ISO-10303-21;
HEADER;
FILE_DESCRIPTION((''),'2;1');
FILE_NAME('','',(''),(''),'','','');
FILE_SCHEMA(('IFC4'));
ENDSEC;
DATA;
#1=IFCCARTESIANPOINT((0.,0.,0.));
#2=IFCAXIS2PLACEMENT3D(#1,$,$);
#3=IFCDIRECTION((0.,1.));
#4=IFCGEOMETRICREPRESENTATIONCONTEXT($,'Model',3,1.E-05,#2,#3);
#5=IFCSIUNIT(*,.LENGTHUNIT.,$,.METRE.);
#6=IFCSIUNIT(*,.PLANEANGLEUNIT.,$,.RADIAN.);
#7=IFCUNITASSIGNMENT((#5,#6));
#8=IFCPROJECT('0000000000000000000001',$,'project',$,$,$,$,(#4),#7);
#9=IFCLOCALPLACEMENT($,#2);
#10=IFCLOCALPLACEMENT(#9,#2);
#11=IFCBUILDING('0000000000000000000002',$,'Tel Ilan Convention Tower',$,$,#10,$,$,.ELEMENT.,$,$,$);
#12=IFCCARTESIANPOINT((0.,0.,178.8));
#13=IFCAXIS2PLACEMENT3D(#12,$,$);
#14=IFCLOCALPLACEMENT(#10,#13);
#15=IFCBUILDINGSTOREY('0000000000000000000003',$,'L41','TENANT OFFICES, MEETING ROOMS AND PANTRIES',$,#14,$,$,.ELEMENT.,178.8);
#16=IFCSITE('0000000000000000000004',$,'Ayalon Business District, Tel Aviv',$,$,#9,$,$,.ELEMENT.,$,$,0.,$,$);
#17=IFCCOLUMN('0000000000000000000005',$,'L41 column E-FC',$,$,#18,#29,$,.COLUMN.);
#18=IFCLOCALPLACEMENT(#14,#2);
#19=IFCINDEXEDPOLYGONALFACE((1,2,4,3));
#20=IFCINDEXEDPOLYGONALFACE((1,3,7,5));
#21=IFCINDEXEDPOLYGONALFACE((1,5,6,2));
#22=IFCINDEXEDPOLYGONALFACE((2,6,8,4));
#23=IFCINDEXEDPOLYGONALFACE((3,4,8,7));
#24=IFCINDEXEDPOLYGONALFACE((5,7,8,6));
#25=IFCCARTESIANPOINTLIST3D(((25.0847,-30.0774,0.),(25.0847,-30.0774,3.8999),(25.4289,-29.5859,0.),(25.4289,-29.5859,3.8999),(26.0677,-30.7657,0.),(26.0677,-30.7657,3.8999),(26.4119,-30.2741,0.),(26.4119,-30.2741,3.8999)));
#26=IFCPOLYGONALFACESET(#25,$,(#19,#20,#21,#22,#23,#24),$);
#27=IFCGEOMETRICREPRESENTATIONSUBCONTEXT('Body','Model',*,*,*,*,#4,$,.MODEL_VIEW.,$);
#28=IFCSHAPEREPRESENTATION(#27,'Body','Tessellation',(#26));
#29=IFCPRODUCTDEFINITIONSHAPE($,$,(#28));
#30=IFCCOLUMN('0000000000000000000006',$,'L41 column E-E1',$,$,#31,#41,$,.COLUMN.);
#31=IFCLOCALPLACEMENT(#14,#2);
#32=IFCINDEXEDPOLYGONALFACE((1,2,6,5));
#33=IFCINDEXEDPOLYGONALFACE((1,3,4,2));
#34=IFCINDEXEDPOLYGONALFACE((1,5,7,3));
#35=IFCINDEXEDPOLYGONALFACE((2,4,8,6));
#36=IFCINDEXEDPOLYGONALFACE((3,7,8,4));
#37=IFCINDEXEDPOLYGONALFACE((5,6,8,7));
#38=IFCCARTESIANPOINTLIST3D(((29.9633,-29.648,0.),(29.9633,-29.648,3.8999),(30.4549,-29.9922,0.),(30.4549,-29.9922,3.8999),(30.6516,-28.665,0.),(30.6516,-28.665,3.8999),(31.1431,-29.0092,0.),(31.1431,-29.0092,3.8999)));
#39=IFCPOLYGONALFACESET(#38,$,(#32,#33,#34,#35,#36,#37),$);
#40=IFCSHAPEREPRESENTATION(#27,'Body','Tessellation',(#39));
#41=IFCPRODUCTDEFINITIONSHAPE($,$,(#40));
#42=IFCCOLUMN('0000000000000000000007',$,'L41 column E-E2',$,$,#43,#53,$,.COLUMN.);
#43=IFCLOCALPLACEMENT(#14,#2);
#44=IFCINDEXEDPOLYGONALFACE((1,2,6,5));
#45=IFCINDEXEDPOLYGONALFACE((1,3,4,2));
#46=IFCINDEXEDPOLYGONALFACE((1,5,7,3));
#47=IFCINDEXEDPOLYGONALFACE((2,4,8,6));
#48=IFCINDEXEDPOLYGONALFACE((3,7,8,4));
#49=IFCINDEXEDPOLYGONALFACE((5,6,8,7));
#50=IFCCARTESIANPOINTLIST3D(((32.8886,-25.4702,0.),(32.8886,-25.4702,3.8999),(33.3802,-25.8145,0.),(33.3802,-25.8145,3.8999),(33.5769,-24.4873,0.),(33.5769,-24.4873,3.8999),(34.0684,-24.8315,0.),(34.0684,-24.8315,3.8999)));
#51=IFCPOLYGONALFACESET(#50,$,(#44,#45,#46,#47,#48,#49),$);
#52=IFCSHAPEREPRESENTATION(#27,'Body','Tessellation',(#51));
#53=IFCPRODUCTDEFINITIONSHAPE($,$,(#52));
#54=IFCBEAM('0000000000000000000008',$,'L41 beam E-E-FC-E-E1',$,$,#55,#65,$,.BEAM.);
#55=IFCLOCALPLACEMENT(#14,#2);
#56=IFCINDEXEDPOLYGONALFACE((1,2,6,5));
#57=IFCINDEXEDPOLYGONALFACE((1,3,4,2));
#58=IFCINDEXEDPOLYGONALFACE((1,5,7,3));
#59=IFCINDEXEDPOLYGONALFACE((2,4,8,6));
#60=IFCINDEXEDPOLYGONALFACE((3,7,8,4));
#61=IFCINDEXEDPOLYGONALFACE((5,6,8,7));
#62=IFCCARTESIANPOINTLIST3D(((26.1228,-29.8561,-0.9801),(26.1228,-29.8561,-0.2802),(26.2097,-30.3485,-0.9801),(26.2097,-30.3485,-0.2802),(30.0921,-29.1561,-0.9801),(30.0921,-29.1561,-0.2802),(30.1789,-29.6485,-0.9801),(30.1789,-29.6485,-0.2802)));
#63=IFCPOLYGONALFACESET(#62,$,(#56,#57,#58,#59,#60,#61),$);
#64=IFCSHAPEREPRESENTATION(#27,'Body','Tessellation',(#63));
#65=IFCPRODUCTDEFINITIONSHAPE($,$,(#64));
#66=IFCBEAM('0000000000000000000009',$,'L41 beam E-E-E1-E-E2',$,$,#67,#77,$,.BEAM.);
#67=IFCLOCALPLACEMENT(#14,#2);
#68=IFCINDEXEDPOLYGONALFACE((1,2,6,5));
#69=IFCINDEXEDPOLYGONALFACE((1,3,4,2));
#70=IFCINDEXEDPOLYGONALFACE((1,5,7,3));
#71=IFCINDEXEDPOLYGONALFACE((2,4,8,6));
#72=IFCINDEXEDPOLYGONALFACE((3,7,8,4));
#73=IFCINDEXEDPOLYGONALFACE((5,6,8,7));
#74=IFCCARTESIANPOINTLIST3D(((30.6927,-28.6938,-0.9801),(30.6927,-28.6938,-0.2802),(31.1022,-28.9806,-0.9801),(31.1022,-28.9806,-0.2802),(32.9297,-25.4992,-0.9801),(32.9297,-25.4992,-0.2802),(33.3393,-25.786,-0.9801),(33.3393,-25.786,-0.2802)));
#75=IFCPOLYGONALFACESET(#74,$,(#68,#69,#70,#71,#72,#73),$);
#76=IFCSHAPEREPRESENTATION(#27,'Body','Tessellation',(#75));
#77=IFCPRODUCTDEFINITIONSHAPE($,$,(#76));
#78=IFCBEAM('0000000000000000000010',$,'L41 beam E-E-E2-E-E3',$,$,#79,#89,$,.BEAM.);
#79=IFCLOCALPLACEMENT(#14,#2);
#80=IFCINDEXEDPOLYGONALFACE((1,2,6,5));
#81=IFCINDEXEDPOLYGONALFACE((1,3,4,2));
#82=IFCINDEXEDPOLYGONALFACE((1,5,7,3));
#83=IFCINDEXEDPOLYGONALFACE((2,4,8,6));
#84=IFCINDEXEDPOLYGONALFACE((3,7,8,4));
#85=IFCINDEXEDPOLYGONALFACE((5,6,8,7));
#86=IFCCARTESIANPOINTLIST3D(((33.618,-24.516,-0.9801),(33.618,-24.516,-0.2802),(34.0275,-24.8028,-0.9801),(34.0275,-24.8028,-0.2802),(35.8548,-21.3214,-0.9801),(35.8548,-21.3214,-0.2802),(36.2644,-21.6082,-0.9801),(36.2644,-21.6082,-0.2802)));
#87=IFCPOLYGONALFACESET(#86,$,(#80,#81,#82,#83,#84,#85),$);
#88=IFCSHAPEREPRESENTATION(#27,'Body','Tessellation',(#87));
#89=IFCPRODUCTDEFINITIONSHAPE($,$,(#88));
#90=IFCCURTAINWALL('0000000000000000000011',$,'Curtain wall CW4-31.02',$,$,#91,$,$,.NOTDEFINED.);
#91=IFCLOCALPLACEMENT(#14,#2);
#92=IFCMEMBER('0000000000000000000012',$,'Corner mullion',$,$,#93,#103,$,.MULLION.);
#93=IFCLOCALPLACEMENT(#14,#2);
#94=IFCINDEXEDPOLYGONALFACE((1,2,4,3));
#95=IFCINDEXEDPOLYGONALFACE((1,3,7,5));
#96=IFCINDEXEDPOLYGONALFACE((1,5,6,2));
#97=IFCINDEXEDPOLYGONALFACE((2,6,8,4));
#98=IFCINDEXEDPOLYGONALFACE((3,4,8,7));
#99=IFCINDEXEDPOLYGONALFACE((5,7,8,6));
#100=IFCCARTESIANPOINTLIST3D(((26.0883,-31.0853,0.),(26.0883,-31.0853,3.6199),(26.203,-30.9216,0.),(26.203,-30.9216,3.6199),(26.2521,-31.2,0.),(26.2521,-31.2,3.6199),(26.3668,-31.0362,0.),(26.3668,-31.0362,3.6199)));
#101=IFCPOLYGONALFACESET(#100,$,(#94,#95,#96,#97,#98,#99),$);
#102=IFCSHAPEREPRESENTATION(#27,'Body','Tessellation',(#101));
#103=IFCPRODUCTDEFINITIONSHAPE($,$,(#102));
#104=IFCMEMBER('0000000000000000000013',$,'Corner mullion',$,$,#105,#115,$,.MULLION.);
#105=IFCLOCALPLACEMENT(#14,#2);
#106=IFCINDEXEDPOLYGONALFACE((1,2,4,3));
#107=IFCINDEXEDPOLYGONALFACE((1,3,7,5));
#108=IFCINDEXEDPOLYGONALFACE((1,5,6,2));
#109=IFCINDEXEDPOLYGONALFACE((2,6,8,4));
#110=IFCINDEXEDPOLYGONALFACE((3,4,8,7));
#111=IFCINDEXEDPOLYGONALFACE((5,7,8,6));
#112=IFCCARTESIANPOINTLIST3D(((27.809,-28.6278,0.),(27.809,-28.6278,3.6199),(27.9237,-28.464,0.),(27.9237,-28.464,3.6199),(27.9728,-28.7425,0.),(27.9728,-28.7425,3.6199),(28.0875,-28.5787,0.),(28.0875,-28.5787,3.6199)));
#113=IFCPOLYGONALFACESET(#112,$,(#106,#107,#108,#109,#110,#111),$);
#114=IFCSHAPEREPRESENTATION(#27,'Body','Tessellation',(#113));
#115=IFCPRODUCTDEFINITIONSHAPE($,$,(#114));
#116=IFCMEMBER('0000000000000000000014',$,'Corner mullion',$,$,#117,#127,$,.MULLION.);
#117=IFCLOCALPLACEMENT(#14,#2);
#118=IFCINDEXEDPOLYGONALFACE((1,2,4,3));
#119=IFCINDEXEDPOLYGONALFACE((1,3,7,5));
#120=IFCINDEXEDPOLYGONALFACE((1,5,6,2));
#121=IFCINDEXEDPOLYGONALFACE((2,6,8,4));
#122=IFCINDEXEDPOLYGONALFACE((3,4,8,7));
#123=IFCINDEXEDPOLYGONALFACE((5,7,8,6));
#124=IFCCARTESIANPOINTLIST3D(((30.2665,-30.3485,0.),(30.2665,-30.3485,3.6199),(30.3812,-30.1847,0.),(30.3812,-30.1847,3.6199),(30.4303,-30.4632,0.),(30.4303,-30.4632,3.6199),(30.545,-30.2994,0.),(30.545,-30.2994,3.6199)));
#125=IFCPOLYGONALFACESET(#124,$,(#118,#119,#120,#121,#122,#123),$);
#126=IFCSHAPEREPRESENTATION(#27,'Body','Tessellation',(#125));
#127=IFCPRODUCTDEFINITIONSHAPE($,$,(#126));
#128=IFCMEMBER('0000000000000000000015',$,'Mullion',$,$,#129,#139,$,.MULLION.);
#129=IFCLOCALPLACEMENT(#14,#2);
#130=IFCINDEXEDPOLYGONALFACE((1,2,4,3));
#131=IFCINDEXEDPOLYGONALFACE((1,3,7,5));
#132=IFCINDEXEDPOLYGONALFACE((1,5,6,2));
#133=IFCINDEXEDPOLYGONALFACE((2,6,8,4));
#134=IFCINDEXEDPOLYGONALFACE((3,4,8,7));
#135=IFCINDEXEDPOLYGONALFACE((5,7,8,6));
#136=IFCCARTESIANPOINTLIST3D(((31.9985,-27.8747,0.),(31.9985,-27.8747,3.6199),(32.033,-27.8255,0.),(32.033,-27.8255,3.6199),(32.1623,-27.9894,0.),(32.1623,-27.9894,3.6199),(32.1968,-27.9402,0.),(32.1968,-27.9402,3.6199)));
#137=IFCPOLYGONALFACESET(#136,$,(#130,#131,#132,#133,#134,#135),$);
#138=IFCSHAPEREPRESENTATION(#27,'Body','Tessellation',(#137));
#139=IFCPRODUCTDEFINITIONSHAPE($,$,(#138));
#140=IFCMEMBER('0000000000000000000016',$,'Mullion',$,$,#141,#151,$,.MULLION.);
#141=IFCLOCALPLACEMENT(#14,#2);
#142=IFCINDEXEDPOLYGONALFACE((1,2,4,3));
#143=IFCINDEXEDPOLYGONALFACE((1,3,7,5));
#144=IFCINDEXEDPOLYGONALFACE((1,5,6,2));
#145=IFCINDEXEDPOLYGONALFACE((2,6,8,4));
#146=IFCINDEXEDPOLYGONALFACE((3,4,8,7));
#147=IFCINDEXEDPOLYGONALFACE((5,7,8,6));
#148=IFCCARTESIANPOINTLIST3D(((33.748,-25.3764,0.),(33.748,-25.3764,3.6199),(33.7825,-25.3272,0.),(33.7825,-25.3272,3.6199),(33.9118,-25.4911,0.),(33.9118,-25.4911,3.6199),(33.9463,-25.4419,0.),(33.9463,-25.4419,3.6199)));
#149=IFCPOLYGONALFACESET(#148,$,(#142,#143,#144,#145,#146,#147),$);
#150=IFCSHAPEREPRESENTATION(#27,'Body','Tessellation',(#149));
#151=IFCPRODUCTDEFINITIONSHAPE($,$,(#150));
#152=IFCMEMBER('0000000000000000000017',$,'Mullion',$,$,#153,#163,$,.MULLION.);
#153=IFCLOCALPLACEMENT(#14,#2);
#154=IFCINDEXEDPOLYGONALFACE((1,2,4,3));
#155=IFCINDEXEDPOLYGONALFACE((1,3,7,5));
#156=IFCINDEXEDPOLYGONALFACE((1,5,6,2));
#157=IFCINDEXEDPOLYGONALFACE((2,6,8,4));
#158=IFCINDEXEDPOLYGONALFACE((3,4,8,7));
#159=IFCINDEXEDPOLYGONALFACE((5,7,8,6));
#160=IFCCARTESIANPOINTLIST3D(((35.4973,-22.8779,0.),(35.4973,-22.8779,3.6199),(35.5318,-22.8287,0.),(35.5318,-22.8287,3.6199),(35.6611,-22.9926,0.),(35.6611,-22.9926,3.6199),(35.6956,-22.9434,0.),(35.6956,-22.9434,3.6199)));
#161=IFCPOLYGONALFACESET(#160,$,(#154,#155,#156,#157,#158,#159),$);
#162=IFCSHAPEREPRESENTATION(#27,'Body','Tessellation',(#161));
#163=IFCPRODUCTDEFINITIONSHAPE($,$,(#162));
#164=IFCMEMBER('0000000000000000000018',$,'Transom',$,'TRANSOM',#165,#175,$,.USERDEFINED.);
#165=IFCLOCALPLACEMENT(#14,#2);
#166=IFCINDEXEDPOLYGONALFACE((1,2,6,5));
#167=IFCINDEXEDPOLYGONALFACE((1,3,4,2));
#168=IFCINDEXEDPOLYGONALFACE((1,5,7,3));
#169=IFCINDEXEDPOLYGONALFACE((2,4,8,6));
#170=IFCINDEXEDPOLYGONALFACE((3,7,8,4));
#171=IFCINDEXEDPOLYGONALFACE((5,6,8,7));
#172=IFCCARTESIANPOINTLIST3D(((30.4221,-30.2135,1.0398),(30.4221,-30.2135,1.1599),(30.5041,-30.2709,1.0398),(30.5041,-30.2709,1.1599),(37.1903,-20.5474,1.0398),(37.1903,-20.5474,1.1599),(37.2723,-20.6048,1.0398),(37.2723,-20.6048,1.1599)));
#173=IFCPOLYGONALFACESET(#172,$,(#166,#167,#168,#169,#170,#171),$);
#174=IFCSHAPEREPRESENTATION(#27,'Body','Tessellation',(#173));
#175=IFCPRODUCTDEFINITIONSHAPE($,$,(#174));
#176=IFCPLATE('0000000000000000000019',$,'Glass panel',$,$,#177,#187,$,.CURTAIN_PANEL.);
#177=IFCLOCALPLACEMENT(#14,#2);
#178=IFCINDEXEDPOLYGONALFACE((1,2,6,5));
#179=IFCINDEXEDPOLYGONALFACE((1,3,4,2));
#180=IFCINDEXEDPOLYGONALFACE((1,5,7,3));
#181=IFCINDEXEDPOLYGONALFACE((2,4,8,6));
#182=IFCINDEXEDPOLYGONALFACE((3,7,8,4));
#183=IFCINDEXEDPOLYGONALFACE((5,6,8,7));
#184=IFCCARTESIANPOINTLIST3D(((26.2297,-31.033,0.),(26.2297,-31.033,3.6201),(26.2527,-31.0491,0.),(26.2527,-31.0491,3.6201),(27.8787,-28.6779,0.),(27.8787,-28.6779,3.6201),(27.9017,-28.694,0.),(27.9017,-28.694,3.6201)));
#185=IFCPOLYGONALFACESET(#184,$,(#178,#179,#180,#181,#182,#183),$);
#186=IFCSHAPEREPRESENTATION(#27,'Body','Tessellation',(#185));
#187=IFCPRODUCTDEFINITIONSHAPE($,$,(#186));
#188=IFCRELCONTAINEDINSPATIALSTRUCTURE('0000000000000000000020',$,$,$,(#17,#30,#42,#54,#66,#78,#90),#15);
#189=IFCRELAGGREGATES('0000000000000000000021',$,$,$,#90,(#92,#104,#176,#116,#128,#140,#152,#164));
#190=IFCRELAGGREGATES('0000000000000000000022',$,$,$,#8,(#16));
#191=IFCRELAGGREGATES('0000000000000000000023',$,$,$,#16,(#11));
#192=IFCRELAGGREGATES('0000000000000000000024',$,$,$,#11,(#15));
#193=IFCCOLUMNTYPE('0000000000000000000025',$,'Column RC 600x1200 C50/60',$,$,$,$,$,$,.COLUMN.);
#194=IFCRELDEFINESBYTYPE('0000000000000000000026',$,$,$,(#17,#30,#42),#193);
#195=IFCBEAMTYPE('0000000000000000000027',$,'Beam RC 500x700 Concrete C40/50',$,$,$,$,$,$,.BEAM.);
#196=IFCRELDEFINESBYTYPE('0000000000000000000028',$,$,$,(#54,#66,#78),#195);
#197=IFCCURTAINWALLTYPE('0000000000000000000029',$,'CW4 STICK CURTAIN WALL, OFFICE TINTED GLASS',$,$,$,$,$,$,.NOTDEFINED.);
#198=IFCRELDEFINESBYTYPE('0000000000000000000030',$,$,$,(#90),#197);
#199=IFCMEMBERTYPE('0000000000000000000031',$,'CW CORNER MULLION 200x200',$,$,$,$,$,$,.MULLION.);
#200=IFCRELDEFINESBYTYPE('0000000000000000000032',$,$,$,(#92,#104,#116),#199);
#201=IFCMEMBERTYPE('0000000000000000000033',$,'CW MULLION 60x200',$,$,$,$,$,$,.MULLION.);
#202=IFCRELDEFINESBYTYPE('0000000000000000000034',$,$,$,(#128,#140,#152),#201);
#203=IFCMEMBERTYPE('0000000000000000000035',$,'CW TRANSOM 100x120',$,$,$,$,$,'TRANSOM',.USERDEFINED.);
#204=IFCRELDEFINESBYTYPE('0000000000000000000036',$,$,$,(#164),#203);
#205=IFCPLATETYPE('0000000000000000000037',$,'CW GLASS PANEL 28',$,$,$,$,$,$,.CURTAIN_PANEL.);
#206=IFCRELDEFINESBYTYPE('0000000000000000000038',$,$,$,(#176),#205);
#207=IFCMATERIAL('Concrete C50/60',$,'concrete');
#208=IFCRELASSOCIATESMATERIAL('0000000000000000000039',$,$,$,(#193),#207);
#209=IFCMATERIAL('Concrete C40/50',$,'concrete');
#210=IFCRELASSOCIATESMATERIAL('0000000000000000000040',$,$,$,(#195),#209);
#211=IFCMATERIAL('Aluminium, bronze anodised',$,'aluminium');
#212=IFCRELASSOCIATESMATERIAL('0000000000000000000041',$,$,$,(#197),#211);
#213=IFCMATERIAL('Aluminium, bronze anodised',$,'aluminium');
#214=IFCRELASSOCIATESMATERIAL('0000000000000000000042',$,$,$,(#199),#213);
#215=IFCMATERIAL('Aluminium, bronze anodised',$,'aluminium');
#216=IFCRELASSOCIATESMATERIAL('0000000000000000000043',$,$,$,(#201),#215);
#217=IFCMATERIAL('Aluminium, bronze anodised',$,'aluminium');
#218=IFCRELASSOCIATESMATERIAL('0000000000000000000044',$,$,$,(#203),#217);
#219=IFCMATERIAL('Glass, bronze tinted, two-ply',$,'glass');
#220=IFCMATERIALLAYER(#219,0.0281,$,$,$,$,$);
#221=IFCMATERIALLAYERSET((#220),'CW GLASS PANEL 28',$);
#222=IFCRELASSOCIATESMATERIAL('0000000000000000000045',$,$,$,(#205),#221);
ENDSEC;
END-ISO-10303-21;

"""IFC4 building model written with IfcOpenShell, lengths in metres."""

from ifc_helpers import new_model, si_unit, direction, frame, origin, origin_2d, place, context, subcontext, project, spatial, rectangle, extrude, material, layer, layer_set, material_profile, profile_set, type_object, element, aggregate, save


model = new_model("IFC4")

# Units and contexts
model_context = context("Model", 3, precision=1e-05, world=origin(), true_north=direction((0.0, 1.0)))
body_context = subcontext(model_context, "Body", "Model", "MODEL_VIEW")
ifc_project = project(units=[si_unit("LENGTHUNIT", "METRE"), si_unit("PLANEANGLEUNIT", "RADIAN")], contexts=[model_context])

# Site, building, storey
site_placement = place(None, origin())
site = spatial("IfcSite", under=ifc_project, at=site_placement, Name="Ayalon Business District, Tel Aviv", CompositionType="ELEMENT", RefElevation=0.0)
building_placement = place(site_placement, origin())
building = spatial("IfcBuilding", under=site, at=building_placement, Name="Tel Ilan Convention Tower", CompositionType="ELEMENT")
storey_placement = place(building_placement, frame((0.0, 0.0, 178.8)))
storey = spatial("IfcBuildingStorey", under=building, at=storey_placement, Name="L41", Description="TENANT OFFICES, MEETING ROOMS AND PANTRIES", CompositionType="ELEMENT", Elevation=178.8)

# Columns
ifc_material_1 = material(Name="Concrete C50/60", Category="concrete")
ifc_material_profile_1 = material_profile(ifc_material_1, rectangle(XDim=1.2, YDim=0.6001, at=origin_2d()), Name="RC 600x1200")
ifc_profile_set_1 = profile_set([ifc_material_profile_1], Name="Concrete C50/60")
column_type = type_object("IfcColumnType", Name="Column RC 600x1200 C50/60", PredefinedType="COLUMN", material=ifc_profile_set_1)
for number, where, z_axis, x_axis, name in (
    (1, (25.7483, -30.1758, 0.0), (0.0, 0.0, 1.0), (0.819152, -0.573576, 0.0), "L41 column E-FC"),
    (2, (30.5532, -29.3286, 0.0), (0.0, 0.0, 1.0), (0.573576, 0.819152, 0.0), "L41 column E-E1"),
    (3, (33.4785, -25.1509, 0.0), (0.0, 0.0, 1.0), (0.573576, 0.819152, 0.0), "L41 column E-E2"),
):
    element("IfcColumn", number, at=place(storey_placement, frame(where, z_axis=z_axis, x_axis=x_axis)), inside=storey, type_object=column_type, Name=name, PredefinedType="COLUMN", context=body_context, shape_type="SweptSolid", body=[
        extrude(rectangle(XDim=1.2, YDim=0.6001, at=origin_2d()), origin(), (0.0, 0.0, 1.0), 3.8999),
    ])

# Beams
ifc_material_2 = material(Name="Concrete C40/50", Category="concrete")
ifc_material_profile_2 = material_profile(ifc_material_2, rectangle(XDim=0.5, YDim=0.7, at=origin_2d()), Name="RC 500x700")
ifc_profile_set_2 = profile_set([ifc_material_profile_2], Name="Concrete C40/50")
beam_type = type_object("IfcBeamType", Name="Beam RC 500x700 Concrete C40/50", PredefinedType="BEAM", material=ifc_profile_set_2)
beam_placement = place(storey_placement, frame((26.1663, -30.1023, -0.6301), z_axis=(0.984805, 0.173664, 0.0), x_axis=(-0.173664, 0.984805, 0.0)))
element("IfcBeam", 4, at=beam_placement, inside=storey, type_object=beam_type, Name="L41 beam E-E-FC-E-E1", PredefinedType="BEAM", context=body_context, shape_type="SweptSolid", body=[
    extrude(rectangle(XDim=0.5, YDim=0.7, at=origin_2d()), origin(), (0.0, 0.0, 1.0), 4.0305),
])
for number, where, z_axis, x_axis, name in (
    (5, (30.8975, -28.8372, -0.6301), (0.573609, 0.819129, 0.0), (-0.819129, 0.573609, 0.0), "L41 beam E-E-E1-E-E2"),
    (6, (33.8228, -24.6594, -0.6301), (0.573567, 0.819158, 0.0), (-0.819158, 0.573567, 0.0), "L41 beam E-E-E2-E-E3"),
):
    element("IfcBeam", number, at=place(storey_placement, frame(where, z_axis=z_axis, x_axis=x_axis)), inside=storey, type_object=beam_type, Name=name, PredefinedType="BEAM", context=body_context, shape_type="SweptSolid", body=[
        extrude(rectangle(XDim=0.5, YDim=0.7, at=origin_2d()), origin(), (0.0, 0.0, 1.0), 3.8999),
    ])

# Curtain wall, members, plate
ifc_material_3 = material(Name="Aluminium, bronze anodised", Category="aluminium")
curtain_wall_type = type_object("IfcCurtainWallType", Name="CW4 STICK CURTAIN WALL, OFFICE TINTED GLASS", PredefinedType="NOTDEFINED", material=ifc_material_3)
curtain_wall_placement = place(storey_placement, origin())
curtain_wall = element("IfcCurtainWall", 7, at=curtain_wall_placement, inside=storey, type_object=curtain_wall_type, Name="Curtain wall CW4-31.02", PredefinedType="NOTDEFINED")
ifc_material_4 = material(Name="Aluminium, bronze anodised", Category="aluminium")
ifc_material_profile_3 = material_profile(ifc_material_4, rectangle(XDim=0.2, YDim=0.2, at=origin_2d()), Name="CW CORNER MULLION 200x200")
ifc_profile_set_3 = profile_set([ifc_material_profile_3], Name="Aluminium, bronze anodised")
member_type_1 = type_object("IfcMemberType", Name="CW CORNER MULLION 200x200", PredefinedType="MULLION", material=ifc_profile_set_3)
member_1_placement = place(storey_placement, frame((26.2275, -31.0608, 0.0), z_axis=(0.0, 0.0, 1.0), x_axis=(0.819152, -0.573576, 0.0)))
member_1 = element("IfcMember", 8, at=member_1_placement, type_object=member_type_1, Name="Corner mullion", PredefinedType="MULLION", context=body_context, shape_type="SweptSolid", body=[
    extrude(rectangle(XDim=0.2, YDim=0.2, at=origin_2d()), origin(), (0.0, 0.0, 1.0), 3.6199),
])
member_2_placement = place(storey_placement, frame((27.9482, -28.6033, 0.0), z_axis=(0.0, 0.0, 1.0), x_axis=(0.573576, 0.819152, 0.0)))
member_2 = element("IfcMember", 9, at=member_2_placement, type_object=member_type_1, Name="Corner mullion", PredefinedType="MULLION", context=body_context, shape_type="SweptSolid", body=[
    extrude(rectangle(XDim=0.2, YDim=0.2, at=origin_2d()), origin(), (0.0, 0.0, 1.0), 3.6199),
])
member_3_placement = place(storey_placement, frame((30.4058, -30.324, 0.0), z_axis=(0.0, 0.0, 1.0), x_axis=(0.819152, -0.573576, 0.0)))
member_3 = element("IfcMember", 10, at=member_3_placement, type_object=member_type_1, Name="Corner mullion", PredefinedType="MULLION", context=body_context, shape_type="SweptSolid", body=[
    extrude(rectangle(XDim=0.2, YDim=0.2, at=origin_2d()), origin(), (0.0, 0.0, 1.0), 3.6199),
])
ifc_material_5 = material(Name="Aluminium, bronze anodised", Category="aluminium")
ifc_material_profile_4 = material_profile(ifc_material_5, rectangle(XDim=0.0601, YDim=0.2, at=origin_2d()), Name="CW MULLION 60x200")
ifc_profile_set_4 = profile_set([ifc_material_profile_4], Name="Aluminium, bronze anodised")
member_type_2 = type_object("IfcMemberType", Name="CW MULLION 60x200", PredefinedType="MULLION", material=ifc_profile_set_4)
member_4_placement = place(storey_placement, frame((32.0977, -27.9075, 0.0), z_axis=(0.0, 0.0, 1.0), x_axis=(0.573576, 0.819152, 0.0)))
member_4 = element("IfcMember", 11, at=member_4_placement, type_object=member_type_2, Name="Mullion", PredefinedType="MULLION", context=body_context, shape_type="SweptSolid", body=[
    extrude(rectangle(XDim=0.0601, YDim=0.2, at=origin_2d()), origin(), (0.0, 0.0, 1.0), 3.6199),
])
member_5_placement = place(storey_placement, frame((33.8472, -25.4092, 0.0), z_axis=(0.0, 0.0, 1.0), x_axis=(0.573576, 0.819152, 0.0)))
member_5 = element("IfcMember", 12, at=member_5_placement, type_object=member_type_2, Name="Mullion", PredefinedType="MULLION", context=body_context, shape_type="SweptSolid", body=[
    extrude(rectangle(XDim=0.0601, YDim=0.2, at=origin_2d()), origin(), (0.0, 0.0, 1.0), 3.6199),
])
member_6_placement = place(storey_placement, frame((35.5964, -22.9106, 0.0), z_axis=(0.0, 0.0, 1.0), x_axis=(0.573576, 0.819152, 0.0)))
member_6 = element("IfcMember", 13, at=member_6_placement, type_object=member_type_2, Name="Mullion", PredefinedType="MULLION", context=body_context, shape_type="SweptSolid", body=[
    extrude(rectangle(XDim=0.0601, YDim=0.2, at=origin_2d()), origin(), (0.0, 0.0, 1.0), 3.6199),
])
ifc_material_6 = material(Name="Aluminium, bronze anodised", Category="aluminium")
ifc_material_profile_5 = material_profile(ifc_material_6, rectangle(XDim=0.1001, YDim=0.1201, at=origin_2d()), Name="CW TRANSOM 100x120")
ifc_profile_set_5 = profile_set([ifc_material_profile_5], Name="Aluminium, bronze anodised")
member_type_3 = type_object("IfcMemberType", Name="CW TRANSOM 100x120", ElementType="TRANSOM", PredefinedType="USERDEFINED", material=ifc_profile_set_5)
member_7_placement = place(storey_placement, frame((30.4631, -30.2422, 1.0999), z_axis=(0.573568, 0.819158, 0.0), x_axis=(-0.819158, 0.573568, 0.0)))
member_7 = element("IfcMember", 14, at=member_7_placement, type_object=member_type_3, Name="Transom", ObjectType="TRANSOM", PredefinedType="USERDEFINED", context=body_context, shape_type="SweptSolid", body=[
    extrude(rectangle(XDim=0.1001, YDim=0.1201, at=origin_2d()), origin(), (0.0, 0.0, 1.0), 11.8),
])
ifc_material_7 = material(Name="Glass, bronze tinted, two-ply", Category="glass")
ifc_layer_1 = layer(ifc_material_7, 0.0281)
ifc_layer_set_1 = layer_set([ifc_layer_1], Name="CW GLASS PANEL 28")
plate_type = type_object("IfcPlateType", Name="CW GLASS PANEL 28", PredefinedType="CURTAIN_PANEL", material=ifc_layer_set_1)
plate_1_placement = place(storey_placement, frame((27.0657, -29.8635, 0.0), z_axis=(0.0, 0.0, 1.0), x_axis=(0.573576, 0.819152, 0.0)))
plate_1 = element("IfcPlate", 15, at=plate_1_placement, type_object=plate_type, Name="Glass panel", PredefinedType="CURTAIN_PANEL", context=body_context, shape_type="SweptSolid", body=[
    extrude(rectangle(XDim=2.875, YDim=0.0281, at=origin_2d()), origin(), (0.0, 0.0, 1.0), 3.6201),
])
aggregate(curtain_wall, [member_1, member_2, plate_1, member_3, member_4, member_5, member_6, member_7])

save(model, "model.ifc")
